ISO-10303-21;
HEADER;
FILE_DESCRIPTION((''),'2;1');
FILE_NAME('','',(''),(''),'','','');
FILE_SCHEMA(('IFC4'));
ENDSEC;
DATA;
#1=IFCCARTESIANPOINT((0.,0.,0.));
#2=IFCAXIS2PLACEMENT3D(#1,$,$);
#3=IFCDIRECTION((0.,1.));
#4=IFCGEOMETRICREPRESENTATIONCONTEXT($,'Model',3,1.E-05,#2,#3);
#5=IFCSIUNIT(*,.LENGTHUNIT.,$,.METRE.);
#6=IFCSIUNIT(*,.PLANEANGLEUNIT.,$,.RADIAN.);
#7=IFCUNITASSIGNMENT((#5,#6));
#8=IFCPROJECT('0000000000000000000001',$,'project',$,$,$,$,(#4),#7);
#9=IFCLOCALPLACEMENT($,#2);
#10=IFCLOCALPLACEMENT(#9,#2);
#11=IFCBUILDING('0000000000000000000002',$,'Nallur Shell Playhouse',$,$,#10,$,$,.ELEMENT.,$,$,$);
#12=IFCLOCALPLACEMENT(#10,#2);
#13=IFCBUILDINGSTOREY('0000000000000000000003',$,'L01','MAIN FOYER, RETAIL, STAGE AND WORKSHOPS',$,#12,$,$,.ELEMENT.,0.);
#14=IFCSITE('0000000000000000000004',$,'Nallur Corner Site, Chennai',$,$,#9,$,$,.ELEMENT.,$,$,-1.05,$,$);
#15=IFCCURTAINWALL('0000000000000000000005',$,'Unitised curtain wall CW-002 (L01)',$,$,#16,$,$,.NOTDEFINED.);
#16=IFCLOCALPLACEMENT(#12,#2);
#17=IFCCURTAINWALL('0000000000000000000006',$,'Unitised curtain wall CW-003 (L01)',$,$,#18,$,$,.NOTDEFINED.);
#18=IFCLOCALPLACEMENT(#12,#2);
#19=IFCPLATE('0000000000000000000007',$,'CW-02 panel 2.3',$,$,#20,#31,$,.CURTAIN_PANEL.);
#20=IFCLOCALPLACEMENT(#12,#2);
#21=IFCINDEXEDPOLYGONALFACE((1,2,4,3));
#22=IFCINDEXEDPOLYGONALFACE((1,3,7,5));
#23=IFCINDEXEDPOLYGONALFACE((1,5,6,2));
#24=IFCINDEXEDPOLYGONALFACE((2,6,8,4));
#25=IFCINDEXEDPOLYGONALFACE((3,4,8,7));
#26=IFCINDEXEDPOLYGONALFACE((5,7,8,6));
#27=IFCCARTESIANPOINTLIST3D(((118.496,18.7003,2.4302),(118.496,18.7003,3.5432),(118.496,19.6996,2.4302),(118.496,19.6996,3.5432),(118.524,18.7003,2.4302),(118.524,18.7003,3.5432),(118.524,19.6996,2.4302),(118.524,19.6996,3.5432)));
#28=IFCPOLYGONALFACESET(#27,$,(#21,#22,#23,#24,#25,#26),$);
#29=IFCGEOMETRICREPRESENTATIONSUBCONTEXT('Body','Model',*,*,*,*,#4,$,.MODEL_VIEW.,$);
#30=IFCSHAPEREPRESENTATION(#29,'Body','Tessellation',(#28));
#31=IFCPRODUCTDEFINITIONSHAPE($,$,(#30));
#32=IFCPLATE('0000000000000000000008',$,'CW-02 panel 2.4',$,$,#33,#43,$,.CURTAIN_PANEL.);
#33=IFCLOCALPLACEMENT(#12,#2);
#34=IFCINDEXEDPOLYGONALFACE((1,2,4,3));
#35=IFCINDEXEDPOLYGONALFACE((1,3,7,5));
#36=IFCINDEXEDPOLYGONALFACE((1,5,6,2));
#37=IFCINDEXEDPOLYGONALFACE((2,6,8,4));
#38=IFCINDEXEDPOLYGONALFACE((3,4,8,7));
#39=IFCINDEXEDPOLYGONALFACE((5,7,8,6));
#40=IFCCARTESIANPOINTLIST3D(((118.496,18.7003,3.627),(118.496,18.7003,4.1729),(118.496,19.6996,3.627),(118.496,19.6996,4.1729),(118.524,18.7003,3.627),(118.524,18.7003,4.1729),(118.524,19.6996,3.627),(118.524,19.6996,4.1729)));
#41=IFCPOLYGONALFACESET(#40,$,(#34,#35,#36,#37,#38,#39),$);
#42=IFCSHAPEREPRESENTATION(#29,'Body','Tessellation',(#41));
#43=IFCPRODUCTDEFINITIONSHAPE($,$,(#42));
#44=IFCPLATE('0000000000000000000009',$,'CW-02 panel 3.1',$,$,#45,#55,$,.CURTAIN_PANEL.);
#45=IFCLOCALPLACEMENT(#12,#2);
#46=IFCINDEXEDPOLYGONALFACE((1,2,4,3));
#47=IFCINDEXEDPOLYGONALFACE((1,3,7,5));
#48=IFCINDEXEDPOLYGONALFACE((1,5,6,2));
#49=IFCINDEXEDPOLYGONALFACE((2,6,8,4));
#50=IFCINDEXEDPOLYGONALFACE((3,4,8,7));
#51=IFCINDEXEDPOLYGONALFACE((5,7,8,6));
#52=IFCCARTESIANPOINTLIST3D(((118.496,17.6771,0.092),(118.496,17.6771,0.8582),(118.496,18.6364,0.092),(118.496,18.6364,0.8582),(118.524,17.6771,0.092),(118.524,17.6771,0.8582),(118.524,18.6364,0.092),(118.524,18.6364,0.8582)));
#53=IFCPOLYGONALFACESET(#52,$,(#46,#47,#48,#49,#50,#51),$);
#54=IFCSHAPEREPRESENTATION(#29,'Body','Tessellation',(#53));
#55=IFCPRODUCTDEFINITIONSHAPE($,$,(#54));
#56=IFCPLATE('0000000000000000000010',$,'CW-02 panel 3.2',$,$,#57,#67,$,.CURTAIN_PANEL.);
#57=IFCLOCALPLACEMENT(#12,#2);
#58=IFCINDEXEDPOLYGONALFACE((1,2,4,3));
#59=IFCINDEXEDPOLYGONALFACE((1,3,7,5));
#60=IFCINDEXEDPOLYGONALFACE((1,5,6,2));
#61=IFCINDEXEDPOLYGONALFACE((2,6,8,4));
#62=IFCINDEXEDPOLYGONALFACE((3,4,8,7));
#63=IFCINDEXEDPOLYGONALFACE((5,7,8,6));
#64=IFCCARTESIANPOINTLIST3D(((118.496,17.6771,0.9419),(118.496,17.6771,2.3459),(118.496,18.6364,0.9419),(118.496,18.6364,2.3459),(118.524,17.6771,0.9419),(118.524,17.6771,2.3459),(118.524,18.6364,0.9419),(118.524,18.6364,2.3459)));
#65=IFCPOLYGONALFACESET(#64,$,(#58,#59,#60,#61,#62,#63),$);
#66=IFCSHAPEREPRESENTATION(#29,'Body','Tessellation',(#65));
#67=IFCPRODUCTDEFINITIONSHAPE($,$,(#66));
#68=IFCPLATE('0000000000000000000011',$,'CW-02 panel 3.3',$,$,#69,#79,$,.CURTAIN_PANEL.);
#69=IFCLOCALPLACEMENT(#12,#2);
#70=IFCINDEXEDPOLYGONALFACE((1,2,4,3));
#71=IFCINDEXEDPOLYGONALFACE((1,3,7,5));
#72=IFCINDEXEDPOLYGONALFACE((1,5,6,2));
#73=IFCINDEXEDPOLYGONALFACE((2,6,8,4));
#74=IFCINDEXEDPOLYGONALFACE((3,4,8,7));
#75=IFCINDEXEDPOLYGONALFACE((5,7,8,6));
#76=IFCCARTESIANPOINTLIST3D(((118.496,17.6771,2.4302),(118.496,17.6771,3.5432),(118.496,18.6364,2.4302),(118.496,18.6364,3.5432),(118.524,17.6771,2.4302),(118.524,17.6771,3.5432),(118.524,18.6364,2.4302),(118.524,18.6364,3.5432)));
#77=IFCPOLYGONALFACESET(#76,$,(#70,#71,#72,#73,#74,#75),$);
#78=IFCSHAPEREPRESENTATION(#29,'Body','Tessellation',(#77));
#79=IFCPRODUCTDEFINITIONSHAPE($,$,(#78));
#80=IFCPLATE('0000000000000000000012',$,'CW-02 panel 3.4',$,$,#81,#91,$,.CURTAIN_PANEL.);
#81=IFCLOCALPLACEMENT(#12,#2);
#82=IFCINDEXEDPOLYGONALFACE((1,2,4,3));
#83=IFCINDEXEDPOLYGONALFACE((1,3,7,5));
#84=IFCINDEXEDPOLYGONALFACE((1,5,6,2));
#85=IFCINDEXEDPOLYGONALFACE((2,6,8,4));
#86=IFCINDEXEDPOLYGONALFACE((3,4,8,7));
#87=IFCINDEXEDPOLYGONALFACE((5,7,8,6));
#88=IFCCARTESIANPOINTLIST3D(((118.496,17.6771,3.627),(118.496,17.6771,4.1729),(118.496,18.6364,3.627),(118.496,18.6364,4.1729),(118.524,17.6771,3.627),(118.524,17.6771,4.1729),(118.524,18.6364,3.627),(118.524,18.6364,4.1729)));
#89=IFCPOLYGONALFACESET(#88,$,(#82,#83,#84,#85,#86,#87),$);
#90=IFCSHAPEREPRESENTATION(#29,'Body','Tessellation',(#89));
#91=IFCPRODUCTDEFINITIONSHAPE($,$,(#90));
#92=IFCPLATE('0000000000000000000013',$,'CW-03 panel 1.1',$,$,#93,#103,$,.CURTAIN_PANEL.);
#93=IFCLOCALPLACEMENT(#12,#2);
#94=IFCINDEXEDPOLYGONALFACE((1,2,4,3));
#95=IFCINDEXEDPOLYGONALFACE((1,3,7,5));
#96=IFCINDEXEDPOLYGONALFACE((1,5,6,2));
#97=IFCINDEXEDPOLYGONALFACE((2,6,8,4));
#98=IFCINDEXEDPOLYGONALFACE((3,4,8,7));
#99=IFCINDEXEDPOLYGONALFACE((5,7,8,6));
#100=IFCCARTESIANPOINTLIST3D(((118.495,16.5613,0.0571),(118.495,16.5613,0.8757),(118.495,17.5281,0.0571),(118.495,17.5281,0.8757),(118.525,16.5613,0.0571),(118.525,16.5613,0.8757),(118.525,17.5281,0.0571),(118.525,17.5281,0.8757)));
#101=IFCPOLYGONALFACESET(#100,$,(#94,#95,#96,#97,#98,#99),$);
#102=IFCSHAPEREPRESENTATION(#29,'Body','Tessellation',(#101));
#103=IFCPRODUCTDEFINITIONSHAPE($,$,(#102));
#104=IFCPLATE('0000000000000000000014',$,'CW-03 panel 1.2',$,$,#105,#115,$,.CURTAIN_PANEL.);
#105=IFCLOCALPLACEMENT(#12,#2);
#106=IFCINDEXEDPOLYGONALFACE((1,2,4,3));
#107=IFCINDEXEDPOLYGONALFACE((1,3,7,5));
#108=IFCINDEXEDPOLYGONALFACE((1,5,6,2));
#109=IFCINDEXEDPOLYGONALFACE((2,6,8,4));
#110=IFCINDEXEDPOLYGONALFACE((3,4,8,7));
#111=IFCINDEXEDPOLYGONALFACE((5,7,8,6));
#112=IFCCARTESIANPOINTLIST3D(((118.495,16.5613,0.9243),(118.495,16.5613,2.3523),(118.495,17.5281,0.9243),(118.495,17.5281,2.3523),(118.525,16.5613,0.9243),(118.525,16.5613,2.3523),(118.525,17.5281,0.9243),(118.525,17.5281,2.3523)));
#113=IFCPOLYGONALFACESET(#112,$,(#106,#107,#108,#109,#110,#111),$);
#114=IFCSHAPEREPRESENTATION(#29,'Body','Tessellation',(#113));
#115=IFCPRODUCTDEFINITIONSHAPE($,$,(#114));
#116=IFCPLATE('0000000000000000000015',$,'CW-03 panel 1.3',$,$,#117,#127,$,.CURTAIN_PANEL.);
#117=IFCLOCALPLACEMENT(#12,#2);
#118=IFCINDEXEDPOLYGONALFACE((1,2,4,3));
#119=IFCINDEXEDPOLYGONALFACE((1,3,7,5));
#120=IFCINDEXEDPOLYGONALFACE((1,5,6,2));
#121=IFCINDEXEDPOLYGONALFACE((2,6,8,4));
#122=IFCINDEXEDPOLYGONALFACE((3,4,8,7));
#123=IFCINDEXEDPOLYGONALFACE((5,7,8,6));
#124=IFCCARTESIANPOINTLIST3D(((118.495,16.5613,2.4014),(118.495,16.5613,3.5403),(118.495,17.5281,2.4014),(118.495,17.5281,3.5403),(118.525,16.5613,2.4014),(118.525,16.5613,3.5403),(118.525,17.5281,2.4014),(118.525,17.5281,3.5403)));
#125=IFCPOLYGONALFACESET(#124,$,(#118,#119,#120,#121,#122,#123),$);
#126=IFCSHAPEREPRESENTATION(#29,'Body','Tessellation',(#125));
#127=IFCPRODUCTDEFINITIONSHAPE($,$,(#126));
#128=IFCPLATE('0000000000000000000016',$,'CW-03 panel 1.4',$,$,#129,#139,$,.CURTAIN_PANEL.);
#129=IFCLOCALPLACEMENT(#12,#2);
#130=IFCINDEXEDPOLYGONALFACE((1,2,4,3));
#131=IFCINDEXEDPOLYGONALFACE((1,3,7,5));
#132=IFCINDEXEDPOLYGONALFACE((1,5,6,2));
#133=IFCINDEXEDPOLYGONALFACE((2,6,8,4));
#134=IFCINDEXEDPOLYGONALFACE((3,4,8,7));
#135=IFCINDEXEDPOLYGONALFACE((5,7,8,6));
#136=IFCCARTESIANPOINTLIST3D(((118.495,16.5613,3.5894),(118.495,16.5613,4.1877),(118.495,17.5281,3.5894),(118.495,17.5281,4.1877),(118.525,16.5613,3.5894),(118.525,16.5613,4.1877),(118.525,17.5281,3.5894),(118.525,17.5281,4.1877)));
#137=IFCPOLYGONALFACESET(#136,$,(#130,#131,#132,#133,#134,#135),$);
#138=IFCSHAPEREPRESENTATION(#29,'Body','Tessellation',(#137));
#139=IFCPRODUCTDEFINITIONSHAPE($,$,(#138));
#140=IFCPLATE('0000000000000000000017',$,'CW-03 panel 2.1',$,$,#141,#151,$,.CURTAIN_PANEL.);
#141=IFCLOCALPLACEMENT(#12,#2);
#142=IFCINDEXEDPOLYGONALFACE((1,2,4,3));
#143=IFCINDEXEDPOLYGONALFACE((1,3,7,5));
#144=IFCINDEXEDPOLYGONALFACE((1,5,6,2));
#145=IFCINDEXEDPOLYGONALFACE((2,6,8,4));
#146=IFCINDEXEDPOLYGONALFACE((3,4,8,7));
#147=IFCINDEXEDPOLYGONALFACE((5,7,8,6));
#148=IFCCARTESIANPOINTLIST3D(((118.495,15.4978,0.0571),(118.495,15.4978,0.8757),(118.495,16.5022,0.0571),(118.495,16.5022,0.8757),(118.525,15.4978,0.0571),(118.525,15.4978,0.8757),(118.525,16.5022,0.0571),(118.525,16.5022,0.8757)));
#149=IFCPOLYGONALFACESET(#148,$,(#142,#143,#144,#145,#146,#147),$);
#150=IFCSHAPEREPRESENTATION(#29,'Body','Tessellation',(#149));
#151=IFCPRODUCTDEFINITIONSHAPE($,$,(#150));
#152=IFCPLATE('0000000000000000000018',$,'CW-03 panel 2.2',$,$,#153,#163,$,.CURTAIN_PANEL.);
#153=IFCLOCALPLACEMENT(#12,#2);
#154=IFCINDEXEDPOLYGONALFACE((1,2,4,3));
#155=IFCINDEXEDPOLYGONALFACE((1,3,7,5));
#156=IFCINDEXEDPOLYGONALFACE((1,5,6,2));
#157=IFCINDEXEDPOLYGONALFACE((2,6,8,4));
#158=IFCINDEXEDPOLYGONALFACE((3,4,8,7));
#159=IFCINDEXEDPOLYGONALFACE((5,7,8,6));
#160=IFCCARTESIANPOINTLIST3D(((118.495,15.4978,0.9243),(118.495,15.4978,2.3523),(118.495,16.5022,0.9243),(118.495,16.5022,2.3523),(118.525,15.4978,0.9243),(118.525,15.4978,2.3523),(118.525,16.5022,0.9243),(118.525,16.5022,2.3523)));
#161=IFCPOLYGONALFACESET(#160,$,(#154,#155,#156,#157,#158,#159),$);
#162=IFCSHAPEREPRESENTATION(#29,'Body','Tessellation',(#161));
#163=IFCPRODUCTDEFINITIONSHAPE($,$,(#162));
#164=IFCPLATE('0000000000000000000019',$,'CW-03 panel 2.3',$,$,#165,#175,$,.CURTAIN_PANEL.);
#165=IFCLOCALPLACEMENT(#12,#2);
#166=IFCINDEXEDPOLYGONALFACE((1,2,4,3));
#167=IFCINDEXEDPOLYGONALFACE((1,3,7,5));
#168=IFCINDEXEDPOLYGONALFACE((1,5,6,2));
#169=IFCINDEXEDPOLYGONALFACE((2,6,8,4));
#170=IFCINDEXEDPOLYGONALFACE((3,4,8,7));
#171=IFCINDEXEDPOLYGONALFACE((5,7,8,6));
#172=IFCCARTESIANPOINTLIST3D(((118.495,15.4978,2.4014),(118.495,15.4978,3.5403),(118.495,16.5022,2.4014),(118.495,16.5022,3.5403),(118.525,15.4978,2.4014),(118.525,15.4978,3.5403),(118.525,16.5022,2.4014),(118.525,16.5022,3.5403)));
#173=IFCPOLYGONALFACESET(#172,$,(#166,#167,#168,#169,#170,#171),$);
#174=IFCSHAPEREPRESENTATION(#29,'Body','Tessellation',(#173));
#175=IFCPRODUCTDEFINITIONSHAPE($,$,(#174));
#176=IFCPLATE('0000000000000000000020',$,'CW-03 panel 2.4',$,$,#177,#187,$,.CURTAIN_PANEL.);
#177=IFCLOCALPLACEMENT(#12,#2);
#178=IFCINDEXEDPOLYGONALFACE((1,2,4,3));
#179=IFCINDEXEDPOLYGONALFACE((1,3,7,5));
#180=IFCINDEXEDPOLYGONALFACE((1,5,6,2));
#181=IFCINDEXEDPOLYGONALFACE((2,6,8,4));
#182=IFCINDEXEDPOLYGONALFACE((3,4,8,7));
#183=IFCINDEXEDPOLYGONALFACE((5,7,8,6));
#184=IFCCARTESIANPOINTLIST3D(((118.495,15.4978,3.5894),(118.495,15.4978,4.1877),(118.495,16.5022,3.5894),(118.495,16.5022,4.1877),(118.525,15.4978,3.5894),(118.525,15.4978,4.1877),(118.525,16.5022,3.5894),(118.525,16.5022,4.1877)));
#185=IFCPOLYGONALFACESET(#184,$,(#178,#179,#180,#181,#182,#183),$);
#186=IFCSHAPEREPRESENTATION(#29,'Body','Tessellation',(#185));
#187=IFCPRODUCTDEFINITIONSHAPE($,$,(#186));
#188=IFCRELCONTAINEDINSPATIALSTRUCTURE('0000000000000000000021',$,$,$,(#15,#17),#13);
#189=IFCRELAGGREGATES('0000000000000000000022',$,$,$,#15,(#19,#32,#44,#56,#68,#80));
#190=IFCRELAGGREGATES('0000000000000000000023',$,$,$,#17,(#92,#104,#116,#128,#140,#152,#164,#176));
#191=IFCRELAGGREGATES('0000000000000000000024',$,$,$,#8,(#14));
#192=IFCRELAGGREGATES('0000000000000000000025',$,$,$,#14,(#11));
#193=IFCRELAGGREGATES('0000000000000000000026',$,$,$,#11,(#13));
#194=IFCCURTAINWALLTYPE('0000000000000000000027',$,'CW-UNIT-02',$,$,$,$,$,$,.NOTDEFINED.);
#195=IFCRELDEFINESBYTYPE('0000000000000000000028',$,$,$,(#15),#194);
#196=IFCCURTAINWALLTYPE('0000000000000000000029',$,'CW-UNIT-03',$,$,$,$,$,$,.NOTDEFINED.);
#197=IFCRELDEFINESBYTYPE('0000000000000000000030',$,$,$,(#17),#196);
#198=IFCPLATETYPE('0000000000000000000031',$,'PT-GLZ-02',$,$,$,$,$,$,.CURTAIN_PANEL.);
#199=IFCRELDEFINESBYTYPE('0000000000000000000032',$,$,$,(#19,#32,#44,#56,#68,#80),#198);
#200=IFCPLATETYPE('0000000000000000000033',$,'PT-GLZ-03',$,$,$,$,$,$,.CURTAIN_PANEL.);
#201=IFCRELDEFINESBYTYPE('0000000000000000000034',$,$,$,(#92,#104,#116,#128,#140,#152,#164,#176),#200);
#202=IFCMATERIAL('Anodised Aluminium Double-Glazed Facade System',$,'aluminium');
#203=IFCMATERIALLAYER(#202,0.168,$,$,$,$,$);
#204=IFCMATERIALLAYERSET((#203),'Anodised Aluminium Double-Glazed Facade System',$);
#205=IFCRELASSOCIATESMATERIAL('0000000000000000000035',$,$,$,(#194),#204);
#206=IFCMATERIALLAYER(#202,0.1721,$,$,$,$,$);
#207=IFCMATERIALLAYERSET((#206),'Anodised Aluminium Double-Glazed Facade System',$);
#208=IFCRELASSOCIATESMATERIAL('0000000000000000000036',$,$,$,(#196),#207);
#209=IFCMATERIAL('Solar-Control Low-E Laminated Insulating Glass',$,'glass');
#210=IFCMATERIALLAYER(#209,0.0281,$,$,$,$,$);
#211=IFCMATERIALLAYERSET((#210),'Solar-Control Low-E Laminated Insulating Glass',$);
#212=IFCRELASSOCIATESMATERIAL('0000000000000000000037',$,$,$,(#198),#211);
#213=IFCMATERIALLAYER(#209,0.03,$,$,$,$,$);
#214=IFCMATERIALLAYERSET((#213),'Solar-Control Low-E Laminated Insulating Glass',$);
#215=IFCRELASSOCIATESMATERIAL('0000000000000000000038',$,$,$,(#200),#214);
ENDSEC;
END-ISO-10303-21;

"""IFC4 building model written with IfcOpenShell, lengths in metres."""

from ifc_helpers import new_model, si_unit, direction, frame, origin, origin_2d, place, context, subcontext, project, spatial, rectangle, extrude, material, layer, layer_set, type_object, element, aggregate, save


model = new_model("IFC4")

# Units and contexts
model_context = context("Model", 3, precision=1e-05, world=origin(), true_north=direction((0.0, 1.0)))
body_context = subcontext(model_context, "Body", "Model", "MODEL_VIEW")
ifc_project = project(units=[si_unit("LENGTHUNIT", "METRE"), si_unit("PLANEANGLEUNIT", "RADIAN")], contexts=[model_context])

# Site, building, storey
site_placement = place(None, origin())
site = spatial("IfcSite", under=ifc_project, at=site_placement, Name="Nallur Corner Site, Chennai", CompositionType="ELEMENT", RefElevation=-1.05)
building_placement = place(site_placement, origin())
building = spatial("IfcBuilding", under=site, at=building_placement, Name="Nallur Shell Playhouse", CompositionType="ELEMENT")
storey_placement = place(building_placement, origin())
storey = spatial("IfcBuildingStorey", under=building, at=storey_placement, Name="L01", Description="MAIN FOYER, RETAIL, STAGE AND WORKSHOPS", CompositionType="ELEMENT", Elevation=0.0)

# Curtain walls
ifc_material_1 = material(Name="Anodised Aluminium Double-Glazed Facade System", Category="aluminium")
ifc_layer_1 = layer(ifc_material_1, 0.168)
ifc_layer_set_1 = layer_set([ifc_layer_1], Name="Anodised Aluminium Double-Glazed Facade System")
curtain_wall_type_1 = type_object("IfcCurtainWallType", Name="CW-UNIT-02", PredefinedType="NOTDEFINED", material=ifc_layer_set_1)
curtain_wall_1_placement = place(storey_placement, origin())
curtain_wall_1 = element("IfcCurtainWall", 1, at=curtain_wall_1_placement, inside=storey, type_object=curtain_wall_type_1, Name="Unitised curtain wall CW-002 (L01)", PredefinedType="NOTDEFINED")
ifc_layer_2 = layer(ifc_material_1, 0.1721)
ifc_layer_set_2 = layer_set([ifc_layer_2], Name="Anodised Aluminium Double-Glazed Facade System")
curtain_wall_type_2 = type_object("IfcCurtainWallType", Name="CW-UNIT-03", PredefinedType="NOTDEFINED", material=ifc_layer_set_2)
curtain_wall_2_placement = place(storey_placement, origin())
curtain_wall_2 = element("IfcCurtainWall", 2, at=curtain_wall_2_placement, inside=storey, type_object=curtain_wall_type_2, Name="Unitised curtain wall CW-003 (L01)", PredefinedType="NOTDEFINED")

# Plates
ifc_material_2 = material(Name="Solar-Control Low-E Laminated Insulating Glass", Category="glass")
ifc_layer_3 = layer(ifc_material_2, 0.0281)
ifc_layer_set_3 = layer_set([ifc_layer_3], Name="Solar-Control Low-E Laminated Insulating Glass")
plate_type_1 = type_object("IfcPlateType", Name="PT-GLZ-02", PredefinedType="CURTAIN_PANEL", material=ifc_layer_set_3)
plate_1_placement = place(storey_placement, frame((118.51, 19.2, 2.4302), z_axis=(0.0, 0.0, 1.0), x_axis=(0.0, -1.0, 0.0)))
plate_1 = element("IfcPlate", 3, at=plate_1_placement, type_object=plate_type_1, Name="CW-02 panel 2.3", PredefinedType="CURTAIN_PANEL", context=body_context, shape_type="SweptSolid", body=[
    extrude(rectangle(XDim=0.9993, YDim=0.0281, at=origin_2d()), origin(), (0.0, 0.0, 1.0), 1.113),
])
plate_2_placement = place(storey_placement, frame((118.51, 19.2, 3.627), z_axis=(0.0, 0.0, 1.0), x_axis=(0.0, -1.0, 0.0)))
plate_2 = element("IfcPlate", 4, at=plate_2_placement, type_object=plate_type_1, Name="CW-02 panel 2.4", PredefinedType="CURTAIN_PANEL", context=body_context, shape_type="SweptSolid", body=[
    extrude(rectangle(XDim=0.9993, YDim=0.0281, at=origin_2d()), origin(), (0.0, 0.0, 1.0), 0.5459),
])
plate_3_placement = place(storey_placement, frame((118.51, 18.1567, 0.092), z_axis=(0.0, 0.0, 1.0), x_axis=(0.0, -1.0, 0.0)))
plate_3 = element("IfcPlate", 5, at=plate_3_placement, type_object=plate_type_1, Name="CW-02 panel 3.1", PredefinedType="CURTAIN_PANEL", context=body_context, shape_type="SweptSolid", body=[
    extrude(rectangle(XDim=0.9592, YDim=0.0281, at=origin_2d()), origin(), (0.0, 0.0, 1.0), 0.7661),
])
plate_4_placement = place(storey_placement, frame((118.51, 18.1567, 0.9419), z_axis=(0.0, 0.0, 1.0), x_axis=(0.0, -1.0, 0.0)))
plate_4 = element("IfcPlate", 6, at=plate_4_placement, type_object=plate_type_1, Name="CW-02 panel 3.2", PredefinedType="CURTAIN_PANEL", context=body_context, shape_type="SweptSolid", body=[
    extrude(rectangle(XDim=0.9592, YDim=0.0281, at=origin_2d()), origin(), (0.0, 0.0, 1.0), 1.4041),
])
plate_5_placement = place(storey_placement, frame((118.51, 18.1567, 2.4302), z_axis=(0.0, 0.0, 1.0), x_axis=(0.0, -1.0, 0.0)))
plate_5 = element("IfcPlate", 7, at=plate_5_placement, type_object=plate_type_1, Name="CW-02 panel 3.3", PredefinedType="CURTAIN_PANEL", context=body_context, shape_type="SweptSolid", body=[
    extrude(rectangle(XDim=0.9592, YDim=0.0281, at=origin_2d()), origin(), (0.0, 0.0, 1.0), 1.113),
])
plate_6_placement = place(storey_placement, frame((118.51, 18.1567, 3.627), z_axis=(0.0, 0.0, 1.0), x_axis=(0.0, -1.0, 0.0)))
plate_6 = element("IfcPlate", 8, at=plate_6_placement, type_object=plate_type_1, Name="CW-02 panel 3.4", PredefinedType="CURTAIN_PANEL", context=body_context, shape_type="SweptSolid", body=[
    extrude(rectangle(XDim=0.9592, YDim=0.0281, at=origin_2d()), origin(), (0.0, 0.0, 1.0), 0.5459),
])
aggregate(curtain_wall_1, [plate_1, plate_2, plate_3, plate_4, plate_5, plate_6])
ifc_layer_4 = layer(ifc_material_2, 0.03)
ifc_layer_set_4 = layer_set([ifc_layer_4], Name="Solar-Control Low-E Laminated Insulating Glass")
plate_type_2 = type_object("IfcPlateType", Name="PT-GLZ-03", PredefinedType="CURTAIN_PANEL", material=ifc_layer_set_4)
plate_7_placement = place(storey_placement, frame((118.51, 17.0447, 0.0571), z_axis=(0.0, 0.0, 1.0), x_axis=(0.0, -1.0, 0.0)))
plate_7 = element("IfcPlate", 9, at=plate_7_placement, type_object=plate_type_2, Name="CW-03 panel 1.1", PredefinedType="CURTAIN_PANEL", context=body_context, shape_type="SweptSolid", body=[
    extrude(rectangle(XDim=0.9668, YDim=0.03, at=origin_2d()), origin(), (0.0, 0.0, 1.0), 0.8186),
])
plate_8_placement = place(storey_placement, frame((118.51, 17.0447, 0.9243), z_axis=(0.0, 0.0, 1.0), x_axis=(0.0, -1.0, 0.0)))
plate_8 = element("IfcPlate", 10, at=plate_8_placement, type_object=plate_type_2, Name="CW-03 panel 1.2", PredefinedType="CURTAIN_PANEL", context=body_context, shape_type="SweptSolid", body=[
    extrude(rectangle(XDim=0.9668, YDim=0.03, at=origin_2d()), origin(), (0.0, 0.0, 1.0), 1.428),
])
plate_9_placement = place(storey_placement, frame((118.51, 17.0447, 2.4014), z_axis=(0.0, 0.0, 1.0), x_axis=(0.0, -1.0, 0.0)))
plate_9 = element("IfcPlate", 11, at=plate_9_placement, type_object=plate_type_2, Name="CW-03 panel 1.3", PredefinedType="CURTAIN_PANEL", context=body_context, shape_type="SweptSolid", body=[
    extrude(rectangle(XDim=0.9668, YDim=0.03, at=origin_2d()), origin(), (0.0, 0.0, 1.0), 1.1389),
])
plate_10_placement = place(storey_placement, frame((118.51, 17.0447, 3.5894), z_axis=(0.0, 0.0, 1.0), x_axis=(0.0, -1.0, 0.0)))
plate_10 = element("IfcPlate", 12, at=plate_10_placement, type_object=plate_type_2, Name="CW-03 panel 1.4", PredefinedType="CURTAIN_PANEL", context=body_context, shape_type="SweptSolid", body=[
    extrude(rectangle(XDim=0.9668, YDim=0.03, at=origin_2d()), origin(), (0.0, 0.0, 1.0), 0.5984),
])
plate_11_placement = place(storey_placement, frame((118.51, 16.0, 0.0571), z_axis=(0.0, 0.0, 1.0), x_axis=(0.0, -1.0, 0.0)))
plate_11 = element("IfcPlate", 13, at=plate_11_placement, type_object=plate_type_2, Name="CW-03 panel 2.1", PredefinedType="CURTAIN_PANEL", context=body_context, shape_type="SweptSolid", body=[
    extrude(rectangle(XDim=1.0044, YDim=0.03, at=origin_2d()), origin(), (0.0, 0.0, 1.0), 0.8186),
])
plate_12_placement = place(storey_placement, frame((118.51, 16.0, 0.9243), z_axis=(0.0, 0.0, 1.0), x_axis=(0.0, -1.0, 0.0)))
plate_12 = element("IfcPlate", 14, at=plate_12_placement, type_object=plate_type_2, Name="CW-03 panel 2.2", PredefinedType="CURTAIN_PANEL", context=body_context, shape_type="SweptSolid", body=[
    extrude(rectangle(XDim=1.0044, YDim=0.03, at=origin_2d()), origin(), (0.0, 0.0, 1.0), 1.428),
])
plate_13_placement = place(storey_placement, frame((118.51, 16.0, 2.4014), z_axis=(0.0, 0.0, 1.0), x_axis=(0.0, -1.0, 0.0)))
plate_13 = element("IfcPlate", 15, at=plate_13_placement, type_object=plate_type_2, Name="CW-03 panel 2.3", PredefinedType="CURTAIN_PANEL", context=body_context, shape_type="SweptSolid", body=[
    extrude(rectangle(XDim=1.0044, YDim=0.03, at=origin_2d()), origin(), (0.0, 0.0, 1.0), 1.1389),
])
plate_14_placement = place(storey_placement, frame((118.51, 16.0, 3.5894), z_axis=(0.0, 0.0, 1.0), x_axis=(0.0, -1.0, 0.0)))
plate_14 = element("IfcPlate", 16, at=plate_14_placement, type_object=plate_type_2, Name="CW-03 panel 2.4", PredefinedType="CURTAIN_PANEL", context=body_context, shape_type="SweptSolid", body=[
    extrude(rectangle(XDim=1.0044, YDim=0.03, at=origin_2d()), origin(), (0.0, 0.0, 1.0), 0.5984),
])
aggregate(curtain_wall_2, [plate_7, plate_8, plate_9, plate_10, plate_11, plate_12, plate_13, plate_14])

save(model, "model.ifc")
